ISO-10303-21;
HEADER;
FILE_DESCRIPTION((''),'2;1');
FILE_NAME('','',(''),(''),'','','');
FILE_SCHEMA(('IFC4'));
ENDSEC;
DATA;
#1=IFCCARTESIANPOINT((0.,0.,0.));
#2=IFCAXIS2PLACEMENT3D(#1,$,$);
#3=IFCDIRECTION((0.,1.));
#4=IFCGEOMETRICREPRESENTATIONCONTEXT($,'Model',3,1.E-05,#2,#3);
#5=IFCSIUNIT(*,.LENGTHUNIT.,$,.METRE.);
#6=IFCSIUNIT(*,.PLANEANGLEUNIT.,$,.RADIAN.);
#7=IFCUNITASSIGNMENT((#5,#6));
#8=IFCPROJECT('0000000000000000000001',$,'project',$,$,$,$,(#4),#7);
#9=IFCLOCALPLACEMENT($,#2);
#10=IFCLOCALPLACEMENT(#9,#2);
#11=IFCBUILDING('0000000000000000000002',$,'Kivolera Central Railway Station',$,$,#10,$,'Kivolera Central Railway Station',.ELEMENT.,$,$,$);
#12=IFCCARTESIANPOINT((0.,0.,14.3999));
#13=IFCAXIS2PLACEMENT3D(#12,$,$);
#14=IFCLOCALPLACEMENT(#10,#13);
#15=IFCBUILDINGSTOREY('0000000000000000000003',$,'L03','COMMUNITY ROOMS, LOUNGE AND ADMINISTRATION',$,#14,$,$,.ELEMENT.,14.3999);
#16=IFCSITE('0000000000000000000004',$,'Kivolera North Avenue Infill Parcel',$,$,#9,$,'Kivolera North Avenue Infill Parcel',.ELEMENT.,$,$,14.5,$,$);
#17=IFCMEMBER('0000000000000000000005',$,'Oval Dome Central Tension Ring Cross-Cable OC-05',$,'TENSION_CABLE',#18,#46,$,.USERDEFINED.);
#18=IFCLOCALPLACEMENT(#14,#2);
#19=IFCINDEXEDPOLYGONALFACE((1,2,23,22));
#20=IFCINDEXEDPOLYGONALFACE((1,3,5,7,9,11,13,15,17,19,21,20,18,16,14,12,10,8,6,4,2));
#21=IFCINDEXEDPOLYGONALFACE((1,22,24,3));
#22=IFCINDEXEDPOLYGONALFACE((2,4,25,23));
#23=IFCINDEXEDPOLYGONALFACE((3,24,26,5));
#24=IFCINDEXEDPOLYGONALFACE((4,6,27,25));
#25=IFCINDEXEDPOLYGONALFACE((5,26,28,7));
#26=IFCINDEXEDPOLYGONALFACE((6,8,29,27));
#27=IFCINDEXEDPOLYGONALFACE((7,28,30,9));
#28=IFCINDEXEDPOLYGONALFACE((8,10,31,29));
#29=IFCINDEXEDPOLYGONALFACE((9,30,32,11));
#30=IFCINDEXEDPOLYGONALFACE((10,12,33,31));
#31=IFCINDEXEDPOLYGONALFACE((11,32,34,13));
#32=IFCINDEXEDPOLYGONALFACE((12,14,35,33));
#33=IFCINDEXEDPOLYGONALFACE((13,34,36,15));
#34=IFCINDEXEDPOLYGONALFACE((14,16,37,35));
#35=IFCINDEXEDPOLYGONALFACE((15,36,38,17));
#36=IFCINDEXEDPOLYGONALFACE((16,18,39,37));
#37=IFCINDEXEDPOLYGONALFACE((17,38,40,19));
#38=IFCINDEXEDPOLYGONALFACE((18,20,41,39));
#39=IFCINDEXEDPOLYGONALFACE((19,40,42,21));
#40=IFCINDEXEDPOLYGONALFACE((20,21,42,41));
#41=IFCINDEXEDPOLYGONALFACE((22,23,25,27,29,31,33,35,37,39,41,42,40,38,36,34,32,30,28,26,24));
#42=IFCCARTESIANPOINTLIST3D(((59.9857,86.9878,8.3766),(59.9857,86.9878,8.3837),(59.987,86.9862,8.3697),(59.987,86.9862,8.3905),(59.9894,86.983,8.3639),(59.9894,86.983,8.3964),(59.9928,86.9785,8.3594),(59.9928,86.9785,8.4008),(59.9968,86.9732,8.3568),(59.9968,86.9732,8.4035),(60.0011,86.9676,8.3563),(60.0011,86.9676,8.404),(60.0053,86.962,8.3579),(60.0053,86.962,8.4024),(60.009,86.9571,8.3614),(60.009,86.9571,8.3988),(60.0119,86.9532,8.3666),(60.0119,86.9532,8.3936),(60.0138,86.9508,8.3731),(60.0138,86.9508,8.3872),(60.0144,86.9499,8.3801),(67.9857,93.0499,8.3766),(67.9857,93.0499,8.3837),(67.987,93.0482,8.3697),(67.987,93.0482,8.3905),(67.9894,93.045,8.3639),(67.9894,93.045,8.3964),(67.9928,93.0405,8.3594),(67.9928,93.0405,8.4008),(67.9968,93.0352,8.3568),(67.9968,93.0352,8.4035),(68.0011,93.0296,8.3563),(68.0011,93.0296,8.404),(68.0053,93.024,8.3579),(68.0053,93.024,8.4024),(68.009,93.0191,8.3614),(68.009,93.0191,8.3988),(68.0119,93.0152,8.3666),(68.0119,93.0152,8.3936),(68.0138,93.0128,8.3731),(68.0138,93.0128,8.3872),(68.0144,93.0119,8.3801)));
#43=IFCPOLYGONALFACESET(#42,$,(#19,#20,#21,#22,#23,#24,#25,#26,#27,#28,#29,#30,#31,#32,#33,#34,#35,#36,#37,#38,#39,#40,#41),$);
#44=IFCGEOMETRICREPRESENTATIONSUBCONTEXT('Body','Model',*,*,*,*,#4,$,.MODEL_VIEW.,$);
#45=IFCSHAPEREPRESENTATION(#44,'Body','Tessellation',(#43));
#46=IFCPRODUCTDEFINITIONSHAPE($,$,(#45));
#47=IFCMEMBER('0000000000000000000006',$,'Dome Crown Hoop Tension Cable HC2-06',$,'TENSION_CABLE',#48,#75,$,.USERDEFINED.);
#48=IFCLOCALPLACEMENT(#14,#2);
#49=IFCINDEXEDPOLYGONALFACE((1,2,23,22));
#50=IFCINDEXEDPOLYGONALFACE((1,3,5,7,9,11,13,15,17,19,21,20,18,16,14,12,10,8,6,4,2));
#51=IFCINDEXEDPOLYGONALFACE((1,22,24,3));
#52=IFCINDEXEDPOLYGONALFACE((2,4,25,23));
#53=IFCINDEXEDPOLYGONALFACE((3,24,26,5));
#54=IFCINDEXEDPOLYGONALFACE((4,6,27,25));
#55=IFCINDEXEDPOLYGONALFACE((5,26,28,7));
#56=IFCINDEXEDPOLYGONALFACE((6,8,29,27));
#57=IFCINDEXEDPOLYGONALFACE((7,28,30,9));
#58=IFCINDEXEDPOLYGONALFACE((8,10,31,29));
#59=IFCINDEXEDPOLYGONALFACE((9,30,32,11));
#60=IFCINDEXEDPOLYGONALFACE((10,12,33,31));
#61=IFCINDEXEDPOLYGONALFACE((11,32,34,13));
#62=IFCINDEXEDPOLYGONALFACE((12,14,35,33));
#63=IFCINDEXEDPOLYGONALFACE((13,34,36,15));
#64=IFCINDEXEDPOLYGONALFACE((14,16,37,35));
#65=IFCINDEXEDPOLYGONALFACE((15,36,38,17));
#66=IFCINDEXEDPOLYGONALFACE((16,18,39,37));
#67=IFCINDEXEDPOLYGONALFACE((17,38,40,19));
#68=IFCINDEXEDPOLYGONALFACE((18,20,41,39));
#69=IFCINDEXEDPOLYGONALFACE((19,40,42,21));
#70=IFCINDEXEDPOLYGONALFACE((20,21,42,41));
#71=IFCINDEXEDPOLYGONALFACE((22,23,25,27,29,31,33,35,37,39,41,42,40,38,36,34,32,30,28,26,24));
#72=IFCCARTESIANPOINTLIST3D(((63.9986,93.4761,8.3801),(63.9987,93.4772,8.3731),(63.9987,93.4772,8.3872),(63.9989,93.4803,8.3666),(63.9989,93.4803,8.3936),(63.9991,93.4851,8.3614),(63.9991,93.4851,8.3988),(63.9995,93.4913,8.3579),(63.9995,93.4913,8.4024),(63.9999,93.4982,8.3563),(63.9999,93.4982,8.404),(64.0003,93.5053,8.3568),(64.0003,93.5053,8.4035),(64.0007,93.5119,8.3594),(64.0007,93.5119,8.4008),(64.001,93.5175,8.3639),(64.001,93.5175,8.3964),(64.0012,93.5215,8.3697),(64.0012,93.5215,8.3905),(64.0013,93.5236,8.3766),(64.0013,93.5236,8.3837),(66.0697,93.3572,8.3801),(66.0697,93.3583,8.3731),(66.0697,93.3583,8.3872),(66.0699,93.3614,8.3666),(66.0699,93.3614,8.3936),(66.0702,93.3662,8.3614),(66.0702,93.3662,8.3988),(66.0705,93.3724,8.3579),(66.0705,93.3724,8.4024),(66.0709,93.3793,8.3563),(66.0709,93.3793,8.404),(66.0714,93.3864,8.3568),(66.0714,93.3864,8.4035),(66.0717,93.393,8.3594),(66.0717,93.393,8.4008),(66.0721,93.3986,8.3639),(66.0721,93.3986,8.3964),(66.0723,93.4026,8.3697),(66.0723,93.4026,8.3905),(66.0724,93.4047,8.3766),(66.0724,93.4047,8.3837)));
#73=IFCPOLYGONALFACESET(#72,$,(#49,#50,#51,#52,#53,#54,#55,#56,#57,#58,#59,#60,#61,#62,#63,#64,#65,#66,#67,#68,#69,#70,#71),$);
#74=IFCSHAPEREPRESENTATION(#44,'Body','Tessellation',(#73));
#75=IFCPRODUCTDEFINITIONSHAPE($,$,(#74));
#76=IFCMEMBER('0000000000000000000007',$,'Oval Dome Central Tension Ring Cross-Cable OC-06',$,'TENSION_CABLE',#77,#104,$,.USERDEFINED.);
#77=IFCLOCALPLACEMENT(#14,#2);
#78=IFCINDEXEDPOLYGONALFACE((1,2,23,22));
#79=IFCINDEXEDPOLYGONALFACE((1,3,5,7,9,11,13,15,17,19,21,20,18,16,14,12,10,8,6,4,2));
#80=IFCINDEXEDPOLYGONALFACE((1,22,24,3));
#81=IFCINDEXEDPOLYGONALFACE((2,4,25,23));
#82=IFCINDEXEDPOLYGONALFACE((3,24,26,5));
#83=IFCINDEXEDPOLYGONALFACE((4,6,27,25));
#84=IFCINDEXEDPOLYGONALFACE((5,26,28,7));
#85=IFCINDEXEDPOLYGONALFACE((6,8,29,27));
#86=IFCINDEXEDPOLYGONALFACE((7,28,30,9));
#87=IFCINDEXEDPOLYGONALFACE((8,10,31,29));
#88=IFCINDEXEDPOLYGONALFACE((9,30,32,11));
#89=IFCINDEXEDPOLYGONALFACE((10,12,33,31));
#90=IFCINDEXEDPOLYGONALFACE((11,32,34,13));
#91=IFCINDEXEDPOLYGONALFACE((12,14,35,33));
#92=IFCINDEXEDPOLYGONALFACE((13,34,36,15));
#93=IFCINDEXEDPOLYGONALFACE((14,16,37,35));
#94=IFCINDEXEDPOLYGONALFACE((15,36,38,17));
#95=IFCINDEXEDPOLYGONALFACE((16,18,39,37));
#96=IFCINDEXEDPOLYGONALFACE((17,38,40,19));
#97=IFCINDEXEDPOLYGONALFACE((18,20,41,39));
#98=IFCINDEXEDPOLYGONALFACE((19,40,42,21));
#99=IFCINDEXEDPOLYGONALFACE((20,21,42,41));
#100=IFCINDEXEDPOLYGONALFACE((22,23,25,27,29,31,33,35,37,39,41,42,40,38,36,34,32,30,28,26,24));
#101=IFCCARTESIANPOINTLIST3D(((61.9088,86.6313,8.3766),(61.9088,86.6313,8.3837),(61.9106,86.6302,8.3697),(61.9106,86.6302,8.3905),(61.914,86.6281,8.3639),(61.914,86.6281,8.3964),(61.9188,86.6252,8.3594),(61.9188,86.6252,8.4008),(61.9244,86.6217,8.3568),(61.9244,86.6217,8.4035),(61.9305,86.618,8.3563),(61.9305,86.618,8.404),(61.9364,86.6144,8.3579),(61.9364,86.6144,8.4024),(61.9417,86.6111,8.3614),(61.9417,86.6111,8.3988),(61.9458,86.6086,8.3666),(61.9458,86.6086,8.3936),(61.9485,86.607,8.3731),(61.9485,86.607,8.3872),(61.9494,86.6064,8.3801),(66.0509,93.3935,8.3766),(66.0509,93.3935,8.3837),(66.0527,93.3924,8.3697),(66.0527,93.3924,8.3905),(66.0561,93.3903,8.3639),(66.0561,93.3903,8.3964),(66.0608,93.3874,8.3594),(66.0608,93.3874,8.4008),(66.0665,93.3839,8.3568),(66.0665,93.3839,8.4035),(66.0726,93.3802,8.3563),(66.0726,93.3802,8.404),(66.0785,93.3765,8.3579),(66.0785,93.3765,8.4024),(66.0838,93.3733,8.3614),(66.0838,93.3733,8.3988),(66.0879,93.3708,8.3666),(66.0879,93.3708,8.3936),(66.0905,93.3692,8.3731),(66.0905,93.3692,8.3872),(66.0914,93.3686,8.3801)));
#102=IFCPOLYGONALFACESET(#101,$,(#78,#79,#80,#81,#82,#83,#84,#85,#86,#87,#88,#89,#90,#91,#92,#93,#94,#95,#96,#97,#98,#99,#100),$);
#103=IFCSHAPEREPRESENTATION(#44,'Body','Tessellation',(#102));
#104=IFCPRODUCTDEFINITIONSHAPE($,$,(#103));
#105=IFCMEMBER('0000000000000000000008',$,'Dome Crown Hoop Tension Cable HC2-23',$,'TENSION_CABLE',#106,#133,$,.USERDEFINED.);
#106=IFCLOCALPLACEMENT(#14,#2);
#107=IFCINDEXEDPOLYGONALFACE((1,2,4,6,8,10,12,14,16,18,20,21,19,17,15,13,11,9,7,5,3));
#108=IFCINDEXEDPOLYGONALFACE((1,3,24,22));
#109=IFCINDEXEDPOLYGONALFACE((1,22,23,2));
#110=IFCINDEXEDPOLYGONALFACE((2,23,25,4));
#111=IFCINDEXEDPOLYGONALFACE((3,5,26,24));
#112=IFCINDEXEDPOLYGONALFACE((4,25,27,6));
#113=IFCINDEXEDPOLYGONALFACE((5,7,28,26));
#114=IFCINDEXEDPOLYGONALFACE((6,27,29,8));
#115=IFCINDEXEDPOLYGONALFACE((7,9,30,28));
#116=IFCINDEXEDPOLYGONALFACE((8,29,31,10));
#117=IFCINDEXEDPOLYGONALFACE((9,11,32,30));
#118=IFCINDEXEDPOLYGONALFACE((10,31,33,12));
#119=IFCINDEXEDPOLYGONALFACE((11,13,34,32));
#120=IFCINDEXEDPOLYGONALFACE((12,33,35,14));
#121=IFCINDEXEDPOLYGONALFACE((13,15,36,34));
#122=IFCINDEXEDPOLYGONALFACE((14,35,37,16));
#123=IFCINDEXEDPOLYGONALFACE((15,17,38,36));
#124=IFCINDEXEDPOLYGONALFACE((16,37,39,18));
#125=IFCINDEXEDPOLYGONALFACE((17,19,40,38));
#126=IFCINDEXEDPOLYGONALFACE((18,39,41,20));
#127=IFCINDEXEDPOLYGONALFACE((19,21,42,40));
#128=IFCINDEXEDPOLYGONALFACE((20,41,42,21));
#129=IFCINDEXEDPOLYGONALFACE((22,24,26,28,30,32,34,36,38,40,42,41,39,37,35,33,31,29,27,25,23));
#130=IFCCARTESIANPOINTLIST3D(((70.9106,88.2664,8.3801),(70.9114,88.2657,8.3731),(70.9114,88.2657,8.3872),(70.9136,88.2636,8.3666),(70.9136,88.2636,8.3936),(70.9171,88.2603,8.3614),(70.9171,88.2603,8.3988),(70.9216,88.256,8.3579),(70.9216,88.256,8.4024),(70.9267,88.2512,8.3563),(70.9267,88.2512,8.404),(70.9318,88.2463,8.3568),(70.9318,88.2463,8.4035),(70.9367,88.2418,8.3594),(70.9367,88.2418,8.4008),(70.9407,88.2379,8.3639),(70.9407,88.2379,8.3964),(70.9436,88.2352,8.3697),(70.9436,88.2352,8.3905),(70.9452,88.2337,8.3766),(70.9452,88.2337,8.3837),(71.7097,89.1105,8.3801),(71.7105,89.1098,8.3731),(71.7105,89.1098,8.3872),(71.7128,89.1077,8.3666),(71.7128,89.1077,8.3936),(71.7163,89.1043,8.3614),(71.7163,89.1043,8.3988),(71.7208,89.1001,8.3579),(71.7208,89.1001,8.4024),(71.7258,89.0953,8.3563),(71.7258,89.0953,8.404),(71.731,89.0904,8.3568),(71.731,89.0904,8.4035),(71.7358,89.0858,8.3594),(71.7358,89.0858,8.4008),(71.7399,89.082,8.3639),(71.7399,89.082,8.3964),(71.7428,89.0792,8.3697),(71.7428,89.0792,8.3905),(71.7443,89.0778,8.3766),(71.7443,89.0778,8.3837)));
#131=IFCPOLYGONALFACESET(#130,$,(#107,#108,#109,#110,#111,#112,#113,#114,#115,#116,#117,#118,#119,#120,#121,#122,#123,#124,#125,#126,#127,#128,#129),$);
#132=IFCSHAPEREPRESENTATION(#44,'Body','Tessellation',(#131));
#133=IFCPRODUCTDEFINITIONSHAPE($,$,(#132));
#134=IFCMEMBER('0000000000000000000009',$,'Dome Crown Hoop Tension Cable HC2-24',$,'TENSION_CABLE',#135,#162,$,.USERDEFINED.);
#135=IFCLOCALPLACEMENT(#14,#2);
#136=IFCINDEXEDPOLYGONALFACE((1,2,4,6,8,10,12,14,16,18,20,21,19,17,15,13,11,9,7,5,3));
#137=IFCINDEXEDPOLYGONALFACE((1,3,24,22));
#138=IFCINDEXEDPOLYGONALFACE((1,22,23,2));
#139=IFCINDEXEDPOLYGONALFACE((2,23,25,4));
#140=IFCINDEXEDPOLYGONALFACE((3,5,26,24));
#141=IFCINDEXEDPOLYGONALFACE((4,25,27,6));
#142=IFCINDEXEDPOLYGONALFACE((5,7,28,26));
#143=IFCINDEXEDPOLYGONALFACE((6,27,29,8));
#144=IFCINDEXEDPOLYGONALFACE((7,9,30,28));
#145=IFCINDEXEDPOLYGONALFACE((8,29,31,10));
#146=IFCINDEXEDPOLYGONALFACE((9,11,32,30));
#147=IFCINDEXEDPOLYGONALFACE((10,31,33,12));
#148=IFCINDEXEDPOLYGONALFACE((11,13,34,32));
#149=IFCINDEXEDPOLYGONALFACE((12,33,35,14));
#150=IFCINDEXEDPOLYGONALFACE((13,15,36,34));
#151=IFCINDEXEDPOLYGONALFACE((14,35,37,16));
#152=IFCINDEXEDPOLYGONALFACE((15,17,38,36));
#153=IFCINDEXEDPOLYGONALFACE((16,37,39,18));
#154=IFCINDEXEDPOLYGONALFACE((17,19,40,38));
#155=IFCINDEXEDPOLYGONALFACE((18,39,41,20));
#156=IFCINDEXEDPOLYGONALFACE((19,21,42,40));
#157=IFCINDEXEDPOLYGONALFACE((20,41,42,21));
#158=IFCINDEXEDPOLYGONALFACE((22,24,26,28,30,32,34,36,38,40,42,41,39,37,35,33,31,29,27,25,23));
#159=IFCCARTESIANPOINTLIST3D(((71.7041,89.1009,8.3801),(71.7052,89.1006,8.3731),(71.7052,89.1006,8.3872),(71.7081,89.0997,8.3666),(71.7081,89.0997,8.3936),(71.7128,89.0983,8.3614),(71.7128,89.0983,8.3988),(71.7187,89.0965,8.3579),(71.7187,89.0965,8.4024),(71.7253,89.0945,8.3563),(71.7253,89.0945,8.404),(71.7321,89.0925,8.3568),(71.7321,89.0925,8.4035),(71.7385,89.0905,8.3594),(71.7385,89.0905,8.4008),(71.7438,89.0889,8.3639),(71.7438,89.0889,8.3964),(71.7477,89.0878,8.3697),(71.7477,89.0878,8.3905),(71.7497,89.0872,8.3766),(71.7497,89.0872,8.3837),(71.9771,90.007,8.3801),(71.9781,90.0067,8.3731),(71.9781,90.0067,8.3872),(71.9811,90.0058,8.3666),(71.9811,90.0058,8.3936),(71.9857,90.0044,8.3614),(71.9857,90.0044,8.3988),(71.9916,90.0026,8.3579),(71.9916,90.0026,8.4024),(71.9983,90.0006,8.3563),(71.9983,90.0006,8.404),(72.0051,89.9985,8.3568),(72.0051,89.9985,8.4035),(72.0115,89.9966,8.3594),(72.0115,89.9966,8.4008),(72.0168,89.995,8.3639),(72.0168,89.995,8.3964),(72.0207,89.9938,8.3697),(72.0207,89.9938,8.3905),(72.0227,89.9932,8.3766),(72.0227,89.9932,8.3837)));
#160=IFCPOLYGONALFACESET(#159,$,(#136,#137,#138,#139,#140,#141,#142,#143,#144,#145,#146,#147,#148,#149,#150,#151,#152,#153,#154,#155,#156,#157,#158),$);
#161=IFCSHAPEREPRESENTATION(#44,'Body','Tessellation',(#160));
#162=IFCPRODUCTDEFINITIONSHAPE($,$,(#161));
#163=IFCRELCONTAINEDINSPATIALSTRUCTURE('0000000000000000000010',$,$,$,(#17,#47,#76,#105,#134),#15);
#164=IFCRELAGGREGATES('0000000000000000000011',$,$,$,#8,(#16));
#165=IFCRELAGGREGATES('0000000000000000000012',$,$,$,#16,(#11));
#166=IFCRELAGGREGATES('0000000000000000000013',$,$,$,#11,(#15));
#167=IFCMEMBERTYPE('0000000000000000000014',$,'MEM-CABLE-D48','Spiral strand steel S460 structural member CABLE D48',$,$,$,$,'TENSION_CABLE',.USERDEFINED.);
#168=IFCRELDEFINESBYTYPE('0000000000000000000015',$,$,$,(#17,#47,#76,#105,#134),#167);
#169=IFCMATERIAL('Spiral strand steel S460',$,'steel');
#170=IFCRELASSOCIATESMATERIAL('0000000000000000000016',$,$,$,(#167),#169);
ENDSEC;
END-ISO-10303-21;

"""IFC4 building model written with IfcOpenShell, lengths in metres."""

from ifc_helpers import new_model, si_unit, direction, frame, origin, origin_2d, place, context, subcontext, project, spatial, circle, extrude, material, material_profile, profile_set, type_object, element, save


model = new_model("IFC4")

# Units and contexts
model_context = context("Model", 3, precision=1e-05, world=origin(), true_north=direction((0.0, 1.0)))
body_context = subcontext(model_context, "Body", "Model", "MODEL_VIEW")
ifc_project = project(units=[si_unit("LENGTHUNIT", "METRE"), si_unit("PLANEANGLEUNIT", "RADIAN")], contexts=[model_context])

# Site, building, storey
site_placement = place(None, origin())
site = spatial("IfcSite", under=ifc_project, at=site_placement, Name="Kivolera North Avenue Infill Parcel", LongName="Kivolera North Avenue Infill Parcel", CompositionType="ELEMENT", RefElevation=14.5)
building_placement = place(site_placement, origin())
building = spatial("IfcBuilding", under=site, at=building_placement, Name="Kivolera Central Railway Station", LongName="Kivolera Central Railway Station", CompositionType="ELEMENT")
storey_placement = place(building_placement, frame((0.0, 0.0, 14.3999)))
storey = spatial("IfcBuildingStorey", under=building, at=storey_placement, Name="L03", Description="COMMUNITY ROOMS, LOUNGE AND ADMINISTRATION", CompositionType="ELEMENT", Elevation=14.3999)

# Members
ifc_material_1 = material(Name="Spiral strand steel S460", Category="steel")
ifc_material_profile_1 = material_profile(ifc_material_1, circle(Radius=0.0239, at=origin_2d()), Name="CABLE D48")
ifc_profile_set_1 = profile_set([ifc_material_profile_1], Name="Spiral strand steel S460")
member_type_1 = type_object("IfcMemberType", Name="MEM-CABLE-D48", Description="Spiral strand steel S460 structural member CABLE D48", ElementType="TENSION_CABLE", PredefinedType="USERDEFINED", material=ifc_profile_set_1)
member_1_placement = place(storey_placement, frame((68.0, 93.031, 8.3801), z_axis=(-0.797025, -0.603947, 0.0), x_axis=(0.603947, -0.797025, 0.0)))
element("IfcMember", 1, at=member_1_placement, inside=storey, type_object=member_type_1, Name="Oval Dome Central Tension Ring Cross-Cable OC-05", ObjectType="TENSION_CABLE", PredefinedType="USERDEFINED", context=body_context, shape_type="SweptSolid", body=[
    extrude(circle(Radius=0.0239, at=origin_2d()), origin(), (0.0, 0.0, 1.0), 10.0374),
])
member_2_placement = place(storey_placement, frame((66.071, 93.3811, 8.3801), z_axis=(-0.998356, 0.057315, 0.0), x_axis=(-0.057315, -0.998356, 0.0)))
element("IfcMember", 2, at=member_2_placement, inside=storey, type_object=member_type_1, Name="Dome Crown Hoop Tension Cable HC2-06", ObjectType="TENSION_CABLE", PredefinedType="USERDEFINED", context=body_context, shape_type="SweptSolid", body=[
    extrude(circle(Radius=0.0239, at=origin_2d()), origin(), (0.0, 0.0, 1.0), 2.0745),
])
member_3_placement = place(storey_placement, frame((66.071, 93.3811, 8.3801), z_axis=(-0.522334, -0.852741, 0.0), x_axis=(0.852741, -0.522334, 0.0)))
element("IfcMember", 3, at=member_3_placement, inside=storey, type_object=member_type_1, Name="Oval Dome Central Tension Ring Cross-Cable OC-06", ObjectType="TENSION_CABLE", PredefinedType="USERDEFINED", context=body_context, shape_type="SweptSolid", body=[
    extrude(circle(Radius=0.0239, at=origin_2d()), origin(), (0.0, 0.0, 1.0), 7.9299),
])
member_4_placement = place(storey_placement, frame((70.928, 88.25, 8.3801), z_axis=(0.687517, 0.726168, 0.0), x_axis=(-0.726168, 0.687517, 0.0)))
element("IfcMember", 4, at=member_4_placement, inside=storey, type_object=member_type_1, Name="Dome Crown Hoop Tension Cable HC2-23", ObjectType="TENSION_CABLE", PredefinedType="USERDEFINED", context=body_context, shape_type="SweptSolid", body=[
    extrude(circle(Radius=0.0239, at=origin_2d()), origin(), (0.0, 0.0, 1.0), 1.1624),
])
member_5_placement = place(storey_placement, frame((71.7271, 89.094, 8.3801), z_axis=(0.28846, 0.957492, 0.0), x_axis=(-0.957492, 0.28846, 0.0)))
element("IfcMember", 5, at=member_5_placement, inside=storey, type_object=member_type_1, Name="Dome Crown Hoop Tension Cable HC2-24", ObjectType="TENSION_CABLE", PredefinedType="USERDEFINED", context=body_context, shape_type="SweptSolid", body=[
    extrude(circle(Radius=0.0239, at=origin_2d()), origin(), (0.0, 0.0, 1.0), 0.9463),
])

save(model, "model.ifc")
